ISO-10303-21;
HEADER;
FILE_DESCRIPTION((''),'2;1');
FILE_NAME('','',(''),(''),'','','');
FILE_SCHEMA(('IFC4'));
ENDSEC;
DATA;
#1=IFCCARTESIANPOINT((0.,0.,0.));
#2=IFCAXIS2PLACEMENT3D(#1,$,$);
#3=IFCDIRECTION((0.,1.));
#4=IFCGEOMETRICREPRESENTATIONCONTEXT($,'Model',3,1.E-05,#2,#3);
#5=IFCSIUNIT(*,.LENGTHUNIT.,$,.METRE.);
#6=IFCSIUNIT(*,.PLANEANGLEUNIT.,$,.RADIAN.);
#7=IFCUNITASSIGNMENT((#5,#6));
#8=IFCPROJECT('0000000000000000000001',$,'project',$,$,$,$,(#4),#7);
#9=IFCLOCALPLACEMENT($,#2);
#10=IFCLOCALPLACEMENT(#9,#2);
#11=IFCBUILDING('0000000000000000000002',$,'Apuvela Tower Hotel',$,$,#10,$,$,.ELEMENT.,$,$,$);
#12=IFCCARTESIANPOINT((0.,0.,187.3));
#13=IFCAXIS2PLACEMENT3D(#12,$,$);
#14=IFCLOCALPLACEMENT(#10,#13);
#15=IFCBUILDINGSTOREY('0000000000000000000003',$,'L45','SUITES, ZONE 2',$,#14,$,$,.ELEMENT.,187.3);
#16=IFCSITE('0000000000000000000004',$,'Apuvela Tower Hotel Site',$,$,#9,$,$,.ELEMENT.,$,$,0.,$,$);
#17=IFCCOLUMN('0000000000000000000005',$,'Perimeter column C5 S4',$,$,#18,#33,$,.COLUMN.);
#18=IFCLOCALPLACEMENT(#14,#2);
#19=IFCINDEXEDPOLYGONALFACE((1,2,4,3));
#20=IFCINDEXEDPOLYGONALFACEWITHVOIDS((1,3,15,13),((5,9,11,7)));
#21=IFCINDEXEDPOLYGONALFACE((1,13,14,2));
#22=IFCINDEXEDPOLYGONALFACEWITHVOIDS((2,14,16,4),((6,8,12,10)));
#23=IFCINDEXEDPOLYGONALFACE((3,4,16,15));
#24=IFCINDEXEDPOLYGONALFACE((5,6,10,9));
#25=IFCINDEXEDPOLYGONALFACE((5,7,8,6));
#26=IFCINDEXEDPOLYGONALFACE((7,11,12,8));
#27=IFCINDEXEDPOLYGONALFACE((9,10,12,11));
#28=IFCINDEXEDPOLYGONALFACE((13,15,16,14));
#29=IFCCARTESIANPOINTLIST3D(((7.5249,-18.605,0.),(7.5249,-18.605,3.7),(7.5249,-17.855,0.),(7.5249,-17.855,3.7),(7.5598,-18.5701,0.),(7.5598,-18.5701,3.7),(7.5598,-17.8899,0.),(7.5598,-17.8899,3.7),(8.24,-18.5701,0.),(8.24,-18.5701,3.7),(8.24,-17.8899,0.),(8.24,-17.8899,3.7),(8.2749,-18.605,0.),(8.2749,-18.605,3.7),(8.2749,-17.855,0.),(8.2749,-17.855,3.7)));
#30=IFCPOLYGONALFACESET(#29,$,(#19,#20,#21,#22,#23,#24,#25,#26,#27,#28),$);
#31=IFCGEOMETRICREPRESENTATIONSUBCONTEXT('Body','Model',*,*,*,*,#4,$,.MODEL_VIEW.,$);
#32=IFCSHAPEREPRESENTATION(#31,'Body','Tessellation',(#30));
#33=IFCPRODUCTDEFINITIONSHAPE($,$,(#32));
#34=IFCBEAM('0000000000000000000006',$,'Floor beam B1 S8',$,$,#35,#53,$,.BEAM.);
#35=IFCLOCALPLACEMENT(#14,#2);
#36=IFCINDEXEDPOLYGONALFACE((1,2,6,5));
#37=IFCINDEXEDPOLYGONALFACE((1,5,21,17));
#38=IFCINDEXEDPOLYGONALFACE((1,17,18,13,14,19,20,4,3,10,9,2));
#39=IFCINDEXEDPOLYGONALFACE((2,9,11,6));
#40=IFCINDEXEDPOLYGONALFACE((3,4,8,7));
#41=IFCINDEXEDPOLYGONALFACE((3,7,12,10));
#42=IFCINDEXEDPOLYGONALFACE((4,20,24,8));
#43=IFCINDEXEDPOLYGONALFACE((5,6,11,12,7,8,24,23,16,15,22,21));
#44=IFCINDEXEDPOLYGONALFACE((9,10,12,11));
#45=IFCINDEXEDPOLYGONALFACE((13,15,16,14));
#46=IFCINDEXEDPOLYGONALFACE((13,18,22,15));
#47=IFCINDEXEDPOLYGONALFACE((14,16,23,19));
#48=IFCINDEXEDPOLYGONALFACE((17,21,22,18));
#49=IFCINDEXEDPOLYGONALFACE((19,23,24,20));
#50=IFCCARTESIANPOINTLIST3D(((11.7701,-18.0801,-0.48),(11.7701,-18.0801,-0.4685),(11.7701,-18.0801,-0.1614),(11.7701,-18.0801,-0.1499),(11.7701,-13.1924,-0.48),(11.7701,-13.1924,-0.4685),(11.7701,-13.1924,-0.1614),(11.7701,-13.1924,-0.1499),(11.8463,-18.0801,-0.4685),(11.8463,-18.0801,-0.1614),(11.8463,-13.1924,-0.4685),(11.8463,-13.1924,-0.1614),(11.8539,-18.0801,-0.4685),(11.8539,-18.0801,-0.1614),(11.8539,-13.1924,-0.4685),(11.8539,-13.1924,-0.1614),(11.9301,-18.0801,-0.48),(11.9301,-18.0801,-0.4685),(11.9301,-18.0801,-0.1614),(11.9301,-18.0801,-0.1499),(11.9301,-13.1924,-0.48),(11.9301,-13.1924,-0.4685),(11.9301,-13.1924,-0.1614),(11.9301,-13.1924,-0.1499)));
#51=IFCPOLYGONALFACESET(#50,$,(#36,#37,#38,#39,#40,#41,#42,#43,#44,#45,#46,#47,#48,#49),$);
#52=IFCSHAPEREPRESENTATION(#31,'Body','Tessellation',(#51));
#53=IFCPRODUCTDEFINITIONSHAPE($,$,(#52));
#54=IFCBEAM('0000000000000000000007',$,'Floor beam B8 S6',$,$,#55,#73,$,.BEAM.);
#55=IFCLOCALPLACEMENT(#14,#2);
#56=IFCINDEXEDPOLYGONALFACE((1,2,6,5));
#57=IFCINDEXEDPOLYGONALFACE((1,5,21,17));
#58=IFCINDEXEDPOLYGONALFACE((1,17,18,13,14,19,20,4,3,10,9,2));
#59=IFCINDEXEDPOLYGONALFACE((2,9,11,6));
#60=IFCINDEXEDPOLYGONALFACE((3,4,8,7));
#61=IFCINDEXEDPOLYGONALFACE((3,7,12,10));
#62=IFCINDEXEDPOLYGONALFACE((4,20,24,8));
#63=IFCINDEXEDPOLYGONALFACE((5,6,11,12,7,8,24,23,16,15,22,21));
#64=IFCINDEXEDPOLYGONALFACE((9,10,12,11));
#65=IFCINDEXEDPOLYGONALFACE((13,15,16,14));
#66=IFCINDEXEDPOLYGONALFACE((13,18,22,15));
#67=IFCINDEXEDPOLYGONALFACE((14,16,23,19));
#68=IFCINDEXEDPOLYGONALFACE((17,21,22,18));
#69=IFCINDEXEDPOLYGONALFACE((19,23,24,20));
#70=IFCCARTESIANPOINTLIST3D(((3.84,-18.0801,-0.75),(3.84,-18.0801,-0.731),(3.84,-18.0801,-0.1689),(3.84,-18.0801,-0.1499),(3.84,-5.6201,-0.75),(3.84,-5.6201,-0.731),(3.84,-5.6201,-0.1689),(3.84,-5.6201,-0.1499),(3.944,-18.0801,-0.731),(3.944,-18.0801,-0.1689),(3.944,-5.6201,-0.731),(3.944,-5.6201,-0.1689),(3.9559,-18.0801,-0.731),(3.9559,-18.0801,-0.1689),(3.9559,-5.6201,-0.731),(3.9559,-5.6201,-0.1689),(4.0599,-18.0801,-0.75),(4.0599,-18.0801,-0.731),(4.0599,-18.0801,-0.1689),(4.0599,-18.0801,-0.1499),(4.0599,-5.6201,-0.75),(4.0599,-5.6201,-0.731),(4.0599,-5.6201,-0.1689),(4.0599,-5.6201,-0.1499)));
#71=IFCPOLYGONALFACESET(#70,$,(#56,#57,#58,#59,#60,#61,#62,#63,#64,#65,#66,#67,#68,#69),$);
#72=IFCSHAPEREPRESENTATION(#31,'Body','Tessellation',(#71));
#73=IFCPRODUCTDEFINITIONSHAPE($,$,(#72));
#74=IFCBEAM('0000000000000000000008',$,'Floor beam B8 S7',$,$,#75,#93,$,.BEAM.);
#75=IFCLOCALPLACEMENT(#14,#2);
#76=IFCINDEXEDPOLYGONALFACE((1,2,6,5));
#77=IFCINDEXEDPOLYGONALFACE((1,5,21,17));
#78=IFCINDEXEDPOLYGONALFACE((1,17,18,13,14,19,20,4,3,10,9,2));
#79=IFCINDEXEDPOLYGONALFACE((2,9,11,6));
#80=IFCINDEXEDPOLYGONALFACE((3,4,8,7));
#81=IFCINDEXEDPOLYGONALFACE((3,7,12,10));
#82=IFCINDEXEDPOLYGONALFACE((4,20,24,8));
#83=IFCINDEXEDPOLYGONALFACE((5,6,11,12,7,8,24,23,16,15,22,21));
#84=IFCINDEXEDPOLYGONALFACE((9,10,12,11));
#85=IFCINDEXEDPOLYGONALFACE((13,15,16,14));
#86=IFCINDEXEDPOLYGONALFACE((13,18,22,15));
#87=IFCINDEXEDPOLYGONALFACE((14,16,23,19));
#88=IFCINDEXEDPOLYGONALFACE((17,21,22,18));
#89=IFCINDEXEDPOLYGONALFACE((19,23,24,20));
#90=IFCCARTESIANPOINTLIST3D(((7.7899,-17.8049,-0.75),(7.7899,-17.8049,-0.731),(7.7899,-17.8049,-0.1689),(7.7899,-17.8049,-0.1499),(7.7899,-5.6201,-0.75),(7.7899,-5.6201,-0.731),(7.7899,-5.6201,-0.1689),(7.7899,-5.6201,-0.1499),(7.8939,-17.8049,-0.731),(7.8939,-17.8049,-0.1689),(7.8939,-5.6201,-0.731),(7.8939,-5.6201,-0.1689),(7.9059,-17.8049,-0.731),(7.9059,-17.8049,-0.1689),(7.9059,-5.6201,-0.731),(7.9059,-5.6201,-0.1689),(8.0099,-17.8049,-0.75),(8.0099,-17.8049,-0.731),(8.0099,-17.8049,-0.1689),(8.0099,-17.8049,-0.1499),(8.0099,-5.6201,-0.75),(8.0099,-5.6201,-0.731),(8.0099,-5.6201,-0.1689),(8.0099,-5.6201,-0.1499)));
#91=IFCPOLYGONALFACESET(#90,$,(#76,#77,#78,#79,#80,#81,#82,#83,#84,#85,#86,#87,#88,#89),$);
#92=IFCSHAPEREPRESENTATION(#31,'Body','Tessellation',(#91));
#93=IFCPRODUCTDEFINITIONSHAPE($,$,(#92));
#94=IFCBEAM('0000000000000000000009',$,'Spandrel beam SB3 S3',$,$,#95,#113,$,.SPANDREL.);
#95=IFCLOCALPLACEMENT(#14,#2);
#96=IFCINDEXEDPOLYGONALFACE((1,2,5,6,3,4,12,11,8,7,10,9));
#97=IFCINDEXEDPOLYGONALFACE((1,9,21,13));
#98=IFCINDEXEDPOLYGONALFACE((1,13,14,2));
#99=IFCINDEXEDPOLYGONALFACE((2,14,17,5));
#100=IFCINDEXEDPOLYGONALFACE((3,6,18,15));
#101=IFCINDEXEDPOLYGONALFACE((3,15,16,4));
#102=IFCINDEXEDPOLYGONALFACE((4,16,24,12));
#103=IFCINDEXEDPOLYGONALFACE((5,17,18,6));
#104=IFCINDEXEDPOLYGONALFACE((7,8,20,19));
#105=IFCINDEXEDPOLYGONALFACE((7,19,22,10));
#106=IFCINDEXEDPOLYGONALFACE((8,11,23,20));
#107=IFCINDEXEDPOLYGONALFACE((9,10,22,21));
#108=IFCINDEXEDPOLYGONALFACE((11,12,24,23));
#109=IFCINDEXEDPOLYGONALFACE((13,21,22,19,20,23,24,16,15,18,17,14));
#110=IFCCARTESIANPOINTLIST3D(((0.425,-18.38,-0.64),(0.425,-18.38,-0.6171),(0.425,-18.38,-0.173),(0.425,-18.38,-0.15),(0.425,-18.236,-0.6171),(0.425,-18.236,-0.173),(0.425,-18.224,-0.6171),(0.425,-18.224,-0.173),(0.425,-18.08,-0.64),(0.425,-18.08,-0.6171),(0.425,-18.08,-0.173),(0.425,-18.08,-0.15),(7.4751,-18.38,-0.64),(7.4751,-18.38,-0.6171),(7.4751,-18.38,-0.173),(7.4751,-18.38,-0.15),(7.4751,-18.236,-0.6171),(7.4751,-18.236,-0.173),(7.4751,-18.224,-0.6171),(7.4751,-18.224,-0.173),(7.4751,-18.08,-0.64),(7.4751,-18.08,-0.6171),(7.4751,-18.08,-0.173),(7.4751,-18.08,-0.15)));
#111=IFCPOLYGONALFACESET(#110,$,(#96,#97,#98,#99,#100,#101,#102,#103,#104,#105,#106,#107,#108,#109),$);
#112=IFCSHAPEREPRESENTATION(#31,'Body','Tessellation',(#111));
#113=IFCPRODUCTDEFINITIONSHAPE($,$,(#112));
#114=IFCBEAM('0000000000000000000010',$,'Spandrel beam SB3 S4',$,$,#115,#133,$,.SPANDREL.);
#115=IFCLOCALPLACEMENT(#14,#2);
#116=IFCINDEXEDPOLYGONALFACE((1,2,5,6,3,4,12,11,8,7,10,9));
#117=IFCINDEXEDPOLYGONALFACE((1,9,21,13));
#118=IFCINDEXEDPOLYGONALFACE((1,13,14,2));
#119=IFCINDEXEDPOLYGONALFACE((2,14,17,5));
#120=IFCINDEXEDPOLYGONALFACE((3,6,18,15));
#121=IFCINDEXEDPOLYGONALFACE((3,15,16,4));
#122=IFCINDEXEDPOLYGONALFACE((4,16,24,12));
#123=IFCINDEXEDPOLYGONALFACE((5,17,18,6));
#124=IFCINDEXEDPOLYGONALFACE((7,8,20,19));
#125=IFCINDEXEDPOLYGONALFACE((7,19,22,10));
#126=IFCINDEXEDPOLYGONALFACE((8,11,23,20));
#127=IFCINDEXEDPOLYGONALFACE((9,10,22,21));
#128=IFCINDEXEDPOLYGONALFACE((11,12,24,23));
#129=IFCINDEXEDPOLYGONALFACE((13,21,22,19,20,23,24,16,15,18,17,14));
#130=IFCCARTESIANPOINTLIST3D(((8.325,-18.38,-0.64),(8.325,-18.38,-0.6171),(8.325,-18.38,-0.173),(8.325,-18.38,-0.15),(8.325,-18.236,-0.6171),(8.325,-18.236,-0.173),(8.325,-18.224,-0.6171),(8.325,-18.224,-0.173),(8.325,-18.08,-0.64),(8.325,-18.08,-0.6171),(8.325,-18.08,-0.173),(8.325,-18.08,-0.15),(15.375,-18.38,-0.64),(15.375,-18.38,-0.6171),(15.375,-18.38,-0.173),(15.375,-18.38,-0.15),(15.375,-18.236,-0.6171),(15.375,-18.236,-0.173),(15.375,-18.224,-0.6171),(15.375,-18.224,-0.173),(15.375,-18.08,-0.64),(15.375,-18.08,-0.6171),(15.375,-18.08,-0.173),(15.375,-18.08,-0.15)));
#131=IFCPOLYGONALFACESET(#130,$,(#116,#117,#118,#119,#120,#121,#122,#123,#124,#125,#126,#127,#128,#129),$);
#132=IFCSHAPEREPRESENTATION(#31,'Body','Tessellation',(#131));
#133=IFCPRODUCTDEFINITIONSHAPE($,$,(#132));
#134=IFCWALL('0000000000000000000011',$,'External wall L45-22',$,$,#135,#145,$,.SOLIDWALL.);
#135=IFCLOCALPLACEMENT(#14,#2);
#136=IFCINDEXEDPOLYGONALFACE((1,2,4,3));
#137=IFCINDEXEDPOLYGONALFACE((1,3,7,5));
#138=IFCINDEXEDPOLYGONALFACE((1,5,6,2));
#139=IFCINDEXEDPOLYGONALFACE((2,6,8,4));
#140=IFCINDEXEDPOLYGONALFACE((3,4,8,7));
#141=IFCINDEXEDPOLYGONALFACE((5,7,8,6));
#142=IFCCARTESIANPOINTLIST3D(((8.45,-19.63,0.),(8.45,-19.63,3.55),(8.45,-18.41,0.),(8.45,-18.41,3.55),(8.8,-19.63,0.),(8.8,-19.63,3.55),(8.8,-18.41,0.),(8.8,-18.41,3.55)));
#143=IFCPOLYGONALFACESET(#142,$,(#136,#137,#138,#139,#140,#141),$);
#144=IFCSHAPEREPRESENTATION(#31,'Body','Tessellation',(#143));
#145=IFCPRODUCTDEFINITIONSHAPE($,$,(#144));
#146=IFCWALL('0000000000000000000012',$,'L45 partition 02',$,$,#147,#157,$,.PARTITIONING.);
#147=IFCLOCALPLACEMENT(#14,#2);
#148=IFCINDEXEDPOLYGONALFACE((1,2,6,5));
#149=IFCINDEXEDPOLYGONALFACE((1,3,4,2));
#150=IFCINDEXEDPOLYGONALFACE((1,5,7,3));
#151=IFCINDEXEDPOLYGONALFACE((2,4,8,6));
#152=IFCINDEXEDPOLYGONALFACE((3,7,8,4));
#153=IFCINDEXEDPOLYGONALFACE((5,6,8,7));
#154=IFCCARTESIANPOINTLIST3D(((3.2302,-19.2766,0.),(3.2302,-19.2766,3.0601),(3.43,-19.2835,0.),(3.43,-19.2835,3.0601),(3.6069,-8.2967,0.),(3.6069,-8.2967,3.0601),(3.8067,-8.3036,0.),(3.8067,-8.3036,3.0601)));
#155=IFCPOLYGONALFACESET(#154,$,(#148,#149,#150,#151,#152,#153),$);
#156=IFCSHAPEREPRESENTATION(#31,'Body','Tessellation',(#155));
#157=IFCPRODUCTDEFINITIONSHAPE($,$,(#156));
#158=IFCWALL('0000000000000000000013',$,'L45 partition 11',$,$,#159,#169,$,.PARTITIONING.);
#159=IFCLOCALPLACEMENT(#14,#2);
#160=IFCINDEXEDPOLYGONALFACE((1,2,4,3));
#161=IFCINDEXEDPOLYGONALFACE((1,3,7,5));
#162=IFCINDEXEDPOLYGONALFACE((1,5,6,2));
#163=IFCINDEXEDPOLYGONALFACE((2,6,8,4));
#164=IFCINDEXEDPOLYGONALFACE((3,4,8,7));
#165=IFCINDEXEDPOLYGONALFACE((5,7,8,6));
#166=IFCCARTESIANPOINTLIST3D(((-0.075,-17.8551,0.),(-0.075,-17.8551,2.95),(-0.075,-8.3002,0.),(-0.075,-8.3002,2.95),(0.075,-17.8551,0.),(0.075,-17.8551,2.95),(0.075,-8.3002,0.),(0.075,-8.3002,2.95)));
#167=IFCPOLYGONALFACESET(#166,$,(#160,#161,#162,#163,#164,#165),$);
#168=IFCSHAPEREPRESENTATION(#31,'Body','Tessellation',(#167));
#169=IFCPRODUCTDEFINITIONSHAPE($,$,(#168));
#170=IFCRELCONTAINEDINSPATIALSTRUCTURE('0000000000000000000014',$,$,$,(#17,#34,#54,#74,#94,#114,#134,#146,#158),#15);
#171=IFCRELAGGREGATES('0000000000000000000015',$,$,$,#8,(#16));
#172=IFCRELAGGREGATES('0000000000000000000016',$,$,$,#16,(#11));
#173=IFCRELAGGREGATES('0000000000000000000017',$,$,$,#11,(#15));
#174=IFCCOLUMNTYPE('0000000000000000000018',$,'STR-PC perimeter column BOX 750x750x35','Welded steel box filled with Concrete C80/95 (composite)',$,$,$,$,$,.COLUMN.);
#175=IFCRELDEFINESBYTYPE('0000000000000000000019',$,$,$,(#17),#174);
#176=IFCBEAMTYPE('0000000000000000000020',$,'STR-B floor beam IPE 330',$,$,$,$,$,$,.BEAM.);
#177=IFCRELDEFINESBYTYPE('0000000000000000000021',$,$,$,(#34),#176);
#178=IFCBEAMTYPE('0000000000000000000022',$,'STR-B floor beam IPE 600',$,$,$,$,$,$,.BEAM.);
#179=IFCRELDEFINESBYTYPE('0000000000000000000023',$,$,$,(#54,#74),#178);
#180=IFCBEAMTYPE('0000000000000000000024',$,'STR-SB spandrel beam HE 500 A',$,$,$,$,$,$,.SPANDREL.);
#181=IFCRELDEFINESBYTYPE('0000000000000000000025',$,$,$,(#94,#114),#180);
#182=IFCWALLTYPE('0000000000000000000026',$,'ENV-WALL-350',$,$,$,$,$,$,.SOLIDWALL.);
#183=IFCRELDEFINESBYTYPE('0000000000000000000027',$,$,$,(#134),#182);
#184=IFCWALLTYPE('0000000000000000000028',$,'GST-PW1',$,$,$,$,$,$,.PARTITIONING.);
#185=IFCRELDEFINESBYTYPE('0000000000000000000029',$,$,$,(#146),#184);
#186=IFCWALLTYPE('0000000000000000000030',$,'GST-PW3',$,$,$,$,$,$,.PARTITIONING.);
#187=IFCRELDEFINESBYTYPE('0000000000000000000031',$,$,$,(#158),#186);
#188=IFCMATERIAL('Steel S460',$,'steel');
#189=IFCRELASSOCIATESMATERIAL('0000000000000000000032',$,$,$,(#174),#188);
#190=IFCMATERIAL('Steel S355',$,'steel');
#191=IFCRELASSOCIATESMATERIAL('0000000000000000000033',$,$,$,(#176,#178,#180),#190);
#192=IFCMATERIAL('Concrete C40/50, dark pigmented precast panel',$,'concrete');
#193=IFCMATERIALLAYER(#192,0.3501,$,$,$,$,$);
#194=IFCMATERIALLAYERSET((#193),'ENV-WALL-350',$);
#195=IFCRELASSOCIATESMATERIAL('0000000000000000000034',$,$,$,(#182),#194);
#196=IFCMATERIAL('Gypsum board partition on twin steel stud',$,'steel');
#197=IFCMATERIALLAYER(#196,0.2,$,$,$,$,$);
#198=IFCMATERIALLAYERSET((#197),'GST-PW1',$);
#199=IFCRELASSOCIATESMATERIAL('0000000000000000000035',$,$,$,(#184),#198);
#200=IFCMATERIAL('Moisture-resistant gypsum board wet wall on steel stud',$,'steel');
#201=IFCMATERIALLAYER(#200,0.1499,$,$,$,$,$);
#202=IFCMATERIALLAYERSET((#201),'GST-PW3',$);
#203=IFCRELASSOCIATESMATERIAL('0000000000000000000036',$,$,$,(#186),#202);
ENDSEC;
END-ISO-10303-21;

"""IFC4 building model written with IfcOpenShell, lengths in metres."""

from ifc_helpers import new_model, si_unit, direction, frame, frame_2d, origin, origin_2d, place, context, subcontext, project, spatial, rectangle, hollow_rectangle, i_section, extrude, material, layer, layer_set, material_profile, profile_set, type_object, element, save


model = new_model("IFC4")

# Units and contexts
model_context = context("Model", 3, precision=1e-05, world=origin(), true_north=direction((0.0, 1.0)))
body_context = subcontext(model_context, "Body", "Model", "MODEL_VIEW")
ifc_project = project(units=[si_unit("LENGTHUNIT", "METRE"), si_unit("PLANEANGLEUNIT", "RADIAN")], contexts=[model_context])

# Site, building, storey
site_placement = place(None, origin())
site = spatial("IfcSite", under=ifc_project, at=site_placement, Name="Apuvela Tower Hotel Site", CompositionType="ELEMENT", RefElevation=0.0)
building_placement = place(site_placement, origin())
building = spatial("IfcBuilding", under=site, at=building_placement, Name="Apuvela Tower Hotel", CompositionType="ELEMENT")
storey_placement = place(building_placement, frame((0.0, 0.0, 187.3)))
storey = spatial("IfcBuildingStorey", under=building, at=storey_placement, Name="L45", Description="SUITES, ZONE 2", CompositionType="ELEMENT", Elevation=187.3)

# Column
ifc_material_1 = material(Name="Steel S460", Category="steel")
ifc_material_profile_1 = material_profile(ifc_material_1, hollow_rectangle(XDim=0.75, YDim=0.75, WallThickness=0.0349, at=origin_2d()), Name="BOX 750x750x35")
ifc_material_2 = material(Name="Concrete C80/95", Category="concrete")
ifc_material_profile_2 = material_profile(ifc_material_2, rectangle(XDim=0.6799, YDim=0.6799, at=origin_2d()), Name="Concrete C80/95 infill")
ifc_profile_set_1 = profile_set([ifc_material_profile_1, ifc_material_profile_2], Name="Steel S460")
column_type = type_object("IfcColumnType", Name="STR-PC perimeter column BOX 750x750x35", Description="Welded steel box filled with Concrete C80/95 (composite)", PredefinedType="COLUMN", material=ifc_profile_set_1)
column_placement = place(storey_placement, frame((7.8999, -18.23, 0.0), z_axis=(0.0, 0.0, 1.0), x_axis=(-1.0, 0.0, 0.0)))
element("IfcColumn", 1, at=column_placement, inside=storey, type_object=column_type, Name="Perimeter column C5 S4", PredefinedType="COLUMN", context=body_context, shape_type="SweptSolid", body=[
    extrude(hollow_rectangle(XDim=0.75, YDim=0.75, WallThickness=0.0349, at=origin_2d()), origin(), (0.0, 0.0, 1.0), 3.7),
])

# Beams
ifc_material_3 = material(Name="Steel S355", Category="steel")
ifc_material_profile_3 = material_profile(ifc_material_3, i_section(OverallWidth=0.1599, OverallDepth=0.3301, WebThickness=0.0076, FlangeThickness=0.0115, at=origin_2d()), Name="IPE 330")
ifc_profile_set_2 = profile_set([ifc_material_profile_3], Name="Steel S355")
beam_type_1 = type_object("IfcBeamType", Name="STR-B floor beam IPE 330", PredefinedType="BEAM", material=ifc_profile_set_2)
beam_1_placement = place(storey_placement, frame((11.8501, -18.0801, -0.3149), z_axis=(0.0, 1.0, 0.0), x_axis=(-1.0, 0.0, 0.0)))
element("IfcBeam", 2, at=beam_1_placement, inside=storey, type_object=beam_type_1, Name="Floor beam B1 S8", PredefinedType="BEAM", context=body_context, shape_type="SweptSolid", body=[
    extrude(i_section(OverallWidth=0.1599, OverallDepth=0.3301, WebThickness=0.0076, FlangeThickness=0.0115, at=origin_2d()), origin(), (0.0, 0.0, 1.0), 4.8877),
])
ifc_material_profile_4 = material_profile(ifc_material_3, i_section(OverallWidth=0.22, OverallDepth=0.6001, WebThickness=0.012, FlangeThickness=0.019, at=origin_2d()), Name="IPE 600")
ifc_profile_set_3 = profile_set([ifc_material_profile_4], Name="Steel S355")
beam_type_2 = type_object("IfcBeamType", Name="STR-B floor beam IPE 600", PredefinedType="BEAM", material=ifc_profile_set_3)
beam_2_placement = place(storey_placement, frame((3.95, -18.0801, -0.45), z_axis=(0.0, 1.0, 0.0), x_axis=(-1.0, 0.0, 0.0)))
element("IfcBeam", 3, at=beam_2_placement, inside=storey, type_object=beam_type_2, Name="Floor beam B8 S6", PredefinedType="BEAM", context=body_context, shape_type="SweptSolid", body=[
    extrude(i_section(OverallWidth=0.22, OverallDepth=0.6001, WebThickness=0.012, FlangeThickness=0.019, at=origin_2d()), origin(), (0.0, 0.0, 1.0), 12.46),
])
beam_3_placement = place(storey_placement, frame((7.8999, -17.8049, -0.45), z_axis=(0.0, 1.0, 0.0), x_axis=(-1.0, 0.0, 0.0)))
element("IfcBeam", 4, at=beam_3_placement, inside=storey, type_object=beam_type_2, Name="Floor beam B8 S7", PredefinedType="BEAM", context=body_context, shape_type="SweptSolid", body=[
    extrude(i_section(OverallWidth=0.22, OverallDepth=0.6001, WebThickness=0.012, FlangeThickness=0.019, at=origin_2d()), origin(), (0.0, 0.0, 1.0), 12.1848),
])
ifc_material_profile_5 = material_profile(ifc_material_3, i_section(OverallWidth=0.3, OverallDepth=0.49, WebThickness=0.012, FlangeThickness=0.0229, at=origin_2d()), Name="HE 500 A")
ifc_profile_set_4 = profile_set([ifc_material_profile_5], Name="Steel S355")
beam_type_3 = type_object("IfcBeamType", Name="STR-SB spandrel beam HE 500 A", PredefinedType="SPANDREL", material=ifc_profile_set_4)
for number, where, z_axis, x_axis, name in (
    (5, (0.425, -18.23, -0.395), (1.0, 0.0, 0.0), (0.0, 1.0, 0.0), "Spandrel beam SB3 S3"),
    (6, (8.325, -18.23, -0.395), (1.0, 0.0, 0.0), (0.0, 1.0, 0.0), "Spandrel beam SB3 S4"),
):
    element("IfcBeam", number, at=place(storey_placement, frame(where, z_axis=z_axis, x_axis=x_axis)), inside=storey, type_object=beam_type_3, Name=name, PredefinedType="SPANDREL", context=body_context, shape_type="SweptSolid", body=[
        extrude(i_section(OverallWidth=0.3, OverallDepth=0.49, WebThickness=0.012, FlangeThickness=0.0229, at=origin_2d()), origin(), (0.0, 0.0, 1.0), 7.05),
    ])

# Wall
ifc_material_4 = material(Name="Concrete C40/50, dark pigmented precast panel", Category="concrete")
ifc_layer_1 = layer(ifc_material_4, 0.3501)
ifc_layer_set_1 = layer_set([ifc_layer_1], Name="ENV-WALL-350")
wall_type_1 = type_object("IfcWallType", Name="ENV-WALL-350", PredefinedType="SOLIDWALL", material=ifc_layer_set_1)
wall_1_placement = place(storey_placement, frame((8.625, -19.6299, 0.0), z_axis=(0.0, 0.0, 1.0), x_axis=(0.0, 1.0, 0.0)))
element("IfcWall", 7, at=wall_1_placement, inside=storey, type_object=wall_type_1, Name="External wall L45-22", PredefinedType="SOLIDWALL", context=body_context, shape_type="SweptSolid", body=[
    extrude(rectangle(XDim=1.22, YDim=0.3501, at=frame_2d((0.6099, 0.0))), origin(), (0.0, 0.0, 1.0), 3.55),
])

# Walls
ifc_material_5 = material(Name="Gypsum board partition on twin steel stud", Category="steel")
ifc_layer_2 = layer(ifc_material_5, 0.2)
ifc_layer_set_2 = layer_set([ifc_layer_2], Name="GST-PW1")
wall_type_2 = type_object("IfcWallType", Name="GST-PW1", PredefinedType="PARTITIONING", material=ifc_layer_set_2)
wall_2_placement = place(storey_placement, frame((3.3301, -19.28, 0.0), z_axis=(0.0, 0.0, 1.0), x_axis=(0.034289, 0.999412, 0.0)))
element("IfcWall", 8, at=wall_2_placement, inside=storey, type_object=wall_type_2, Name="L45 partition 02", PredefinedType="PARTITIONING", context=body_context, shape_type="SweptSolid", body=[
    extrude(rectangle(XDim=10.9863, YDim=0.2, at=frame_2d((5.4932, 0.0))), origin(), (0.0, 0.0, 1.0), 3.0601),
])
ifc_material_6 = material(Name="Moisture-resistant gypsum board wet wall on steel stud", Category="steel")
ifc_layer_3 = layer(ifc_material_6, 0.1499)
ifc_layer_set_3 = layer_set([ifc_layer_3], Name="GST-PW3")
wall_type_3 = type_object("IfcWallType", Name="GST-PW3", PredefinedType="PARTITIONING", material=ifc_layer_set_3)
wall_3_placement = place(storey_placement, frame((0.0, -17.855, 0.0), z_axis=(0.0, 0.0, 1.0), x_axis=(0.0, 1.0, 0.0)))
element("IfcWall", 9, at=wall_3_placement, inside=storey, type_object=wall_type_3, Name="L45 partition 11", PredefinedType="PARTITIONING", context=body_context, shape_type="SweptSolid", body=[
    extrude(rectangle(XDim=9.5549, YDim=0.1499, at=frame_2d((4.7773, 0.0))), origin(), (0.0, 0.0, 1.0), 2.95),
])

save(model, "model.ifc")
